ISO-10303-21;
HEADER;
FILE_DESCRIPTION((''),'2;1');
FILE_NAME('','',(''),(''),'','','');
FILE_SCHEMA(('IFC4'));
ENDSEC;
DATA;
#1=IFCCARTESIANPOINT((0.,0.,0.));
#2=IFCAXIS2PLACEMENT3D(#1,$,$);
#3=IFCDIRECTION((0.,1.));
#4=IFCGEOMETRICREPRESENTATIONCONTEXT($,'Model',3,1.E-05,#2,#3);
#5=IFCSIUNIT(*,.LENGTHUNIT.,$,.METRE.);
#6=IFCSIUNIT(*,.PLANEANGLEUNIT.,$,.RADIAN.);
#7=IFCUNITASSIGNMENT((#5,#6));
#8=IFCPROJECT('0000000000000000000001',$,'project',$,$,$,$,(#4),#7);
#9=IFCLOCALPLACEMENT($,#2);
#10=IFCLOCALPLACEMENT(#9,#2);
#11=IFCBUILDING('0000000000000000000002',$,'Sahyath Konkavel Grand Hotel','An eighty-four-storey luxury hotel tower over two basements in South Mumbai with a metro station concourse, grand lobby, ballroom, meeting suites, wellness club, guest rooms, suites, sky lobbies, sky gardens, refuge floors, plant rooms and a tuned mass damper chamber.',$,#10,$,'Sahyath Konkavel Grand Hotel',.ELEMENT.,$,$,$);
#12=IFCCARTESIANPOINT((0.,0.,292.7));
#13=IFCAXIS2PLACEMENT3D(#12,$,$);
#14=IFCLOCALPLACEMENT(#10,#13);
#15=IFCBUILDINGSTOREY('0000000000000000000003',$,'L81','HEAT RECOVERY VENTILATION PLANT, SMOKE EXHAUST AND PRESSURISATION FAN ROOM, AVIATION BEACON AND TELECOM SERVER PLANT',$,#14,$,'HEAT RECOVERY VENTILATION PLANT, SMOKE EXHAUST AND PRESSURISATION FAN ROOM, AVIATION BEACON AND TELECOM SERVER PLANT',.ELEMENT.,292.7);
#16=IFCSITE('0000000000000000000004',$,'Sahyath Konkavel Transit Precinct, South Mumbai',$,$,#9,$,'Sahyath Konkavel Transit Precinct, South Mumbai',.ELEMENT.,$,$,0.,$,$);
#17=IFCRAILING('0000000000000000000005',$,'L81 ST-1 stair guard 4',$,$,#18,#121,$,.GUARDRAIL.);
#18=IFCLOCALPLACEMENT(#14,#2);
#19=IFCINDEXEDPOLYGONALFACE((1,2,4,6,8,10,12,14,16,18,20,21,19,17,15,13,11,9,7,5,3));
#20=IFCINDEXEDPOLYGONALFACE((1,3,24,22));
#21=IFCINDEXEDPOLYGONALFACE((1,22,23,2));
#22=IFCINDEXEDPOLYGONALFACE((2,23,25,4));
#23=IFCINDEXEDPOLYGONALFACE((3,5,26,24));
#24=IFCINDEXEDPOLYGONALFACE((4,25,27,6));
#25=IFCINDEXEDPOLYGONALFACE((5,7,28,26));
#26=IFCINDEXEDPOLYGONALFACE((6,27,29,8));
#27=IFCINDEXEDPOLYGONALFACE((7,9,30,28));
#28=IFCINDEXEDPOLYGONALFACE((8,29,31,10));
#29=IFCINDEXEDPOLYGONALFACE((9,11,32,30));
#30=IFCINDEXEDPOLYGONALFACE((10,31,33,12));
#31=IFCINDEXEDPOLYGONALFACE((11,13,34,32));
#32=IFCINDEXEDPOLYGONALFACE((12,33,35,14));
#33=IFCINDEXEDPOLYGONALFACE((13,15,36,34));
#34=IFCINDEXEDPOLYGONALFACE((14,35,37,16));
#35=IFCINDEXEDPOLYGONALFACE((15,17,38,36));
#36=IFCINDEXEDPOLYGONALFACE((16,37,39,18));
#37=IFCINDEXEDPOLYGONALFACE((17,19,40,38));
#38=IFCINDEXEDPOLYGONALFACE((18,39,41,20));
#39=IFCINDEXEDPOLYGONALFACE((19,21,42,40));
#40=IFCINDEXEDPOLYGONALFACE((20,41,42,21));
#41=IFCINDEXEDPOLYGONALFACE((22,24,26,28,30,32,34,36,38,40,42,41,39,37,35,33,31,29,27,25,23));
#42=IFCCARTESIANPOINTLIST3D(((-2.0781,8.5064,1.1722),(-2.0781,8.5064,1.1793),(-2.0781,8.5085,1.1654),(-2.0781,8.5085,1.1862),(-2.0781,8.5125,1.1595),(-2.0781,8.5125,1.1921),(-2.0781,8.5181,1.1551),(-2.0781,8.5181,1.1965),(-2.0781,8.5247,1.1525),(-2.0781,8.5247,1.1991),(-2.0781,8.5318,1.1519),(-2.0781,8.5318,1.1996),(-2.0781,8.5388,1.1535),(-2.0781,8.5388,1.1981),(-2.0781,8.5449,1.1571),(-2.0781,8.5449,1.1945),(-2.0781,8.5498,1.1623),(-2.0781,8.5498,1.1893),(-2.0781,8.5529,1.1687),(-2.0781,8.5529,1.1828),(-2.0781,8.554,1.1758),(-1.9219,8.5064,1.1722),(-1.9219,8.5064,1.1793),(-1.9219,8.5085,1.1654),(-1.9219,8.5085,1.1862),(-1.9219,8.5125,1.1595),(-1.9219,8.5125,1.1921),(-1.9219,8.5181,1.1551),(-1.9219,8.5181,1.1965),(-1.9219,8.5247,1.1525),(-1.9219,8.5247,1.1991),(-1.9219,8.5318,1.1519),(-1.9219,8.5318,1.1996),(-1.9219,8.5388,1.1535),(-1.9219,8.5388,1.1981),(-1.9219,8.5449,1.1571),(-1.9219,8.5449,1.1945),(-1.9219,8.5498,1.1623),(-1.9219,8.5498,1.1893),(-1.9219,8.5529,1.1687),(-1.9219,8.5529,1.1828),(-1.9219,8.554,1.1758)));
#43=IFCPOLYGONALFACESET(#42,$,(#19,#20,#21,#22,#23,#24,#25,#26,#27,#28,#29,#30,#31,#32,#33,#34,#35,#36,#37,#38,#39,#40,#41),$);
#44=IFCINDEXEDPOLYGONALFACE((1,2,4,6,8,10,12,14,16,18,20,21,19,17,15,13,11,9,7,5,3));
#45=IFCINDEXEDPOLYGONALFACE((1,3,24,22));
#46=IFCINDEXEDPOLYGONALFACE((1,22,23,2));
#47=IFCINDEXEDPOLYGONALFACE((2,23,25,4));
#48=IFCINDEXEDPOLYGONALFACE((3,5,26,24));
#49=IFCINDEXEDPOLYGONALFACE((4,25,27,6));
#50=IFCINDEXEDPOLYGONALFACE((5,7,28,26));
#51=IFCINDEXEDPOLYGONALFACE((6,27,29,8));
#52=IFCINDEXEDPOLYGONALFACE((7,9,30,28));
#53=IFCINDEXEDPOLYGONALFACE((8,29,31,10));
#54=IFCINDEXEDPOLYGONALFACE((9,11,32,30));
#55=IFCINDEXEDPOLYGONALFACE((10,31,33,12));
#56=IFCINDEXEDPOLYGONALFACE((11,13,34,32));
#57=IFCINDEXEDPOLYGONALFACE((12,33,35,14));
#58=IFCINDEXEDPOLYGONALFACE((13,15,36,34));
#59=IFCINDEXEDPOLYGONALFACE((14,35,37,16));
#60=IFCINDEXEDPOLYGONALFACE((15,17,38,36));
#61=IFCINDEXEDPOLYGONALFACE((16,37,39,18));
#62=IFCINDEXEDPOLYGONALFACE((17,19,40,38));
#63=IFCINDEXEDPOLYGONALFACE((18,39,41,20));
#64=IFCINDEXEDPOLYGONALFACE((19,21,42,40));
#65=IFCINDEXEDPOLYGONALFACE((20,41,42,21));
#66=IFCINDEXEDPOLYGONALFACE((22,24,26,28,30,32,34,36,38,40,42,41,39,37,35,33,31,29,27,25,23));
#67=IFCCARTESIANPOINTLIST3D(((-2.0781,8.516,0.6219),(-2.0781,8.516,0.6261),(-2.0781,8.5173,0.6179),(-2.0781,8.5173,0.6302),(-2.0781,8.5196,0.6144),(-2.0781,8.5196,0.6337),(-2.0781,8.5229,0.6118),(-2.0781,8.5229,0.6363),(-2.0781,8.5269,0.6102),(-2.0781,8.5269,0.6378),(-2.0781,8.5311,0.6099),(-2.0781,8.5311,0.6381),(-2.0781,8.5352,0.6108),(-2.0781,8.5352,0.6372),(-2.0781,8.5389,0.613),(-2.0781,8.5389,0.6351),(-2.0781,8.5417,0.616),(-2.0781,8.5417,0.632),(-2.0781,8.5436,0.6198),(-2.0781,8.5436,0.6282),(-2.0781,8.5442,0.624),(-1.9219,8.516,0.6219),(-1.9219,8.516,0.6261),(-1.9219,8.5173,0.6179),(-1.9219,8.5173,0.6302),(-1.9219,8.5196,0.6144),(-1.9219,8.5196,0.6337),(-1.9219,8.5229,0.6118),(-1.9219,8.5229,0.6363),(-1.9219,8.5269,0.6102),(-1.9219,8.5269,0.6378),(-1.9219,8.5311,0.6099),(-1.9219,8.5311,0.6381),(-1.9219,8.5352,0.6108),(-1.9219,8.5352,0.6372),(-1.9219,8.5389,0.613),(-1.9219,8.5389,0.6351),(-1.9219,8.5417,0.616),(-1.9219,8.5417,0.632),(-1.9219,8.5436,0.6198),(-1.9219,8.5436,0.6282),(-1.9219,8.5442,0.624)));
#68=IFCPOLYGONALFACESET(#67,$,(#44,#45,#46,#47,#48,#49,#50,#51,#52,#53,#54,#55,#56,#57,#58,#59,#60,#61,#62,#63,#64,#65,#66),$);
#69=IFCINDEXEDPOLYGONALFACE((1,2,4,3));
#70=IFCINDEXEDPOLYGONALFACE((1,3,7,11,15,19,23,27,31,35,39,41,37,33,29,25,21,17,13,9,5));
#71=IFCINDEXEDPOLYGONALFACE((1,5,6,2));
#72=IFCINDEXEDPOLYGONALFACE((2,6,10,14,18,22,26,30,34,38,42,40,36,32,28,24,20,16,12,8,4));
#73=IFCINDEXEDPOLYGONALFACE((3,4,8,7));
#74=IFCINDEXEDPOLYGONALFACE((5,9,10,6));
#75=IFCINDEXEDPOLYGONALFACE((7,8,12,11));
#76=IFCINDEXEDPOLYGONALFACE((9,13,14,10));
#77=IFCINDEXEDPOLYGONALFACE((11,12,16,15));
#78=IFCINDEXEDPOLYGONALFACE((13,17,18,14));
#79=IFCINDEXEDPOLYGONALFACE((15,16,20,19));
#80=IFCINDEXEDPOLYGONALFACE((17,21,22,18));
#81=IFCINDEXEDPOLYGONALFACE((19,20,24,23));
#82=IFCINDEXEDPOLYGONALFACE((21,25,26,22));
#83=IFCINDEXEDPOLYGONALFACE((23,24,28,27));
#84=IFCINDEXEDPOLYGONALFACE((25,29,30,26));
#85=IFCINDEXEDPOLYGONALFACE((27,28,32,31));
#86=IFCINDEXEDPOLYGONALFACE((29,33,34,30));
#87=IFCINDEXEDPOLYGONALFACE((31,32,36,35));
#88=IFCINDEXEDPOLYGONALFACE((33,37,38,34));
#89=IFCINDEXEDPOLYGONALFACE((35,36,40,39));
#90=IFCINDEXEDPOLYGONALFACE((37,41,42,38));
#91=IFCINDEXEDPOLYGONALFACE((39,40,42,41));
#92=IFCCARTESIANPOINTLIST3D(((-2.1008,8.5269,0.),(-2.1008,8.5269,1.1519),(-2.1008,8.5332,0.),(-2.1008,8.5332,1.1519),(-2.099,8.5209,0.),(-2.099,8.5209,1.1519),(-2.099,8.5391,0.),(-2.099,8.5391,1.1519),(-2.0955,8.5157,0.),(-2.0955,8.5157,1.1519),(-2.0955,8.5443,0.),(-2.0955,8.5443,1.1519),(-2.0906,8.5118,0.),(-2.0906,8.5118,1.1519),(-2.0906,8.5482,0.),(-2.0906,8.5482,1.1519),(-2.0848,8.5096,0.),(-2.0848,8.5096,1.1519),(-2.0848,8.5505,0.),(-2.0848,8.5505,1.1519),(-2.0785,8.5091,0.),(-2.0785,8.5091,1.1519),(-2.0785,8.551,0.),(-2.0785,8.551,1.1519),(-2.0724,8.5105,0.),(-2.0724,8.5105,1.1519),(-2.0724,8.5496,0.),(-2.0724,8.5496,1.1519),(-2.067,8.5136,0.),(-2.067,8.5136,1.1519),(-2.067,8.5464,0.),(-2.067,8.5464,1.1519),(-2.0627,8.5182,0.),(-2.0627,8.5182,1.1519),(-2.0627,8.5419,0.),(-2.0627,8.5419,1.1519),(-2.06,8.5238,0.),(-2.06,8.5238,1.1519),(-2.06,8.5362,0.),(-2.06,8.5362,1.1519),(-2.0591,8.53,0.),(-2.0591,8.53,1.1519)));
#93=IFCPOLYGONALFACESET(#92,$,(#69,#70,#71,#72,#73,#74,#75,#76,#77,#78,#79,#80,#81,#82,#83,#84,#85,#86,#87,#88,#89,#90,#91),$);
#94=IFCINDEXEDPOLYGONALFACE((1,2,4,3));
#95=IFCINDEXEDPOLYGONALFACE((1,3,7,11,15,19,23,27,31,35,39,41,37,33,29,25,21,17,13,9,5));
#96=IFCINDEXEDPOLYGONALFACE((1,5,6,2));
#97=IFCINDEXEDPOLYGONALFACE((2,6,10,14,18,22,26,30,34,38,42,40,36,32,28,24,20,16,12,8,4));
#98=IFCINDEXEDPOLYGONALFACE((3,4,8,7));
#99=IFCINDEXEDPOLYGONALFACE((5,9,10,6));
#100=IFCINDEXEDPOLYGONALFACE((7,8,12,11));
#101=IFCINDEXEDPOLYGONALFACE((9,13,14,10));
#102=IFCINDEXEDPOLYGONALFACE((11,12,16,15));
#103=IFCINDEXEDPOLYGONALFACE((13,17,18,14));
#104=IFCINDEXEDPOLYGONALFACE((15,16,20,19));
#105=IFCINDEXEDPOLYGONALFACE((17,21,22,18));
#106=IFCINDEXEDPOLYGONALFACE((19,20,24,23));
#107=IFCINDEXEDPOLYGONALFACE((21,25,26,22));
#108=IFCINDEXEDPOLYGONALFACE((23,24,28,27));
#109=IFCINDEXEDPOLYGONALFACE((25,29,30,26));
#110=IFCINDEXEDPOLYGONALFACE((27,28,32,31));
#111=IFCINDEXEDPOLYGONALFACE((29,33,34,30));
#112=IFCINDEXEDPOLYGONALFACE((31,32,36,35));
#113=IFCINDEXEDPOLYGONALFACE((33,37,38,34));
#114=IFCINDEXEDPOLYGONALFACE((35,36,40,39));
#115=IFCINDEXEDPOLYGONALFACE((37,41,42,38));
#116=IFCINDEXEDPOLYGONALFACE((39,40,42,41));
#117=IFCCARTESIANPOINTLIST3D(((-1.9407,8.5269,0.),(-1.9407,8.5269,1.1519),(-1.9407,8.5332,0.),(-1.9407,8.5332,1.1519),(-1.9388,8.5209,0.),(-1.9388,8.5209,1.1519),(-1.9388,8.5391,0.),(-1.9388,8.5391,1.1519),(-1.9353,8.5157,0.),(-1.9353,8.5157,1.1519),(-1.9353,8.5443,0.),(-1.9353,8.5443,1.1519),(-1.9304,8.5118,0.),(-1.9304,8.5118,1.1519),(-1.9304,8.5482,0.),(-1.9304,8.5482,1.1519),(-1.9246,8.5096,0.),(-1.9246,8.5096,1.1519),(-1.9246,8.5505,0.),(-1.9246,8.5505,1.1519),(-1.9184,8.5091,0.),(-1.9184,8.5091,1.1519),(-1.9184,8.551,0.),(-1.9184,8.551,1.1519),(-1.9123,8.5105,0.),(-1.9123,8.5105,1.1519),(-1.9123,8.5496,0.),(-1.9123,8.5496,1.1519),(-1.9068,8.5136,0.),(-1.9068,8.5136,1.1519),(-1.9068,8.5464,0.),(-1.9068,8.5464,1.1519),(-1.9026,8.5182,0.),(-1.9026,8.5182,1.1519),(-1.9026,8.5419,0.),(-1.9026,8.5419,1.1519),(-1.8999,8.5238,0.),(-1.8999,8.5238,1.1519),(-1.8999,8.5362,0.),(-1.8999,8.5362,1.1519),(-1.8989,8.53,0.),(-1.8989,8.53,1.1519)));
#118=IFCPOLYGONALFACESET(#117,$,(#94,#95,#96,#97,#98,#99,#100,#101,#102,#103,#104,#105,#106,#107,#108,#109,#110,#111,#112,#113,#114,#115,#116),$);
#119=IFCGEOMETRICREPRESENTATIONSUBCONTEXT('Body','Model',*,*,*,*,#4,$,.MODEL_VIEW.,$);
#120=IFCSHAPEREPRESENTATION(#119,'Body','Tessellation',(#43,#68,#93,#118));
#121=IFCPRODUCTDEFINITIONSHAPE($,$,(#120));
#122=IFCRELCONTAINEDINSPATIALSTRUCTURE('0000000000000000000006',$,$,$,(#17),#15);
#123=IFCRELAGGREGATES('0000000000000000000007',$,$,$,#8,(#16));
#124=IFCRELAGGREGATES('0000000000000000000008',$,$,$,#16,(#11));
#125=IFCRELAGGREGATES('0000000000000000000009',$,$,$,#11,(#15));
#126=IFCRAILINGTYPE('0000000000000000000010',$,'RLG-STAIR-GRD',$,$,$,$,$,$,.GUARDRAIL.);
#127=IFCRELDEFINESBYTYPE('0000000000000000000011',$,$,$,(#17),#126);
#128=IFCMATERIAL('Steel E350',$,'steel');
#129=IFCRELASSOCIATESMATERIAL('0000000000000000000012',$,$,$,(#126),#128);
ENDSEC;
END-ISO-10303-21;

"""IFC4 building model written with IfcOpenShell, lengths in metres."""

from ifc_helpers import new_model, si_unit, direction, frame, origin, origin_2d, place, context, subcontext, project, spatial, circle, extrude, material, type_object, element, save


model = new_model("IFC4")

# Units and contexts
model_context = context("Model", 3, precision=1e-05, world=origin(), true_north=direction((0.0, 1.0)))
body_context = subcontext(model_context, "Body", "Model", "MODEL_VIEW")
ifc_project = project(units=[si_unit("LENGTHUNIT", "METRE"), si_unit("PLANEANGLEUNIT", "RADIAN")], contexts=[model_context])

# Site, building, storey
site_placement = place(None, origin())
site = spatial("IfcSite", under=ifc_project, at=site_placement, Name="Sahyath Konkavel Transit Precinct, South Mumbai", LongName="Sahyath Konkavel Transit Precinct, South Mumbai", CompositionType="ELEMENT", RefElevation=0.0)
building_placement = place(site_placement, origin())
building = spatial("IfcBuilding", under=site, at=building_placement, Name="Sahyath Konkavel Grand Hotel", Description="An eighty-four-storey luxury hotel tower over two basements in South Mumbai with a metro station concourse, grand lobby, ballroom, meeting suites, wellness club, guest rooms, suites, sky lobbies, sky gardens, refuge floors, plant rooms and a tuned mass damper chamber.", LongName="Sahyath Konkavel Grand Hotel", CompositionType="ELEMENT")
storey_placement = place(building_placement, frame((0.0, 0.0, 292.7)))
storey = spatial("IfcBuildingStorey", under=building, at=storey_placement, Name="L81", Description="HEAT RECOVERY VENTILATION PLANT, SMOKE EXHAUST AND PRESSURISATION FAN ROOM, AVIATION BEACON AND TELECOM SERVER PLANT", LongName="HEAT RECOVERY VENTILATION PLANT, SMOKE EXHAUST AND PRESSURISATION FAN ROOM, AVIATION BEACON AND TELECOM SERVER PLANT", CompositionType="ELEMENT", Elevation=292.7)

# Shared definitions
ifc_material_1 = material(Name="Steel E350", Category="steel")

# Railing
railing_type_1 = type_object("IfcRailingType", Name="RLG-STAIR-GRD", PredefinedType="GUARDRAIL", material=ifc_material_1)
railing_1_placement = place(storey_placement, frame((-2.0801, 8.53, 0.0)))
element("IfcRailing", 1, at=railing_1_placement, inside=storey, type_object=railing_type_1, Name="L81 ST-1 stair guard 4", PredefinedType="GUARDRAIL", context=body_context, shape_type="SweptSolid", body=[
    extrude(circle(Radius=0.0239, at=origin_2d()), frame((0.002, 0.0, 1.1758), z_axis=(1.0, 0.0, 0.0), x_axis=(0.0, 1.0, 0.0)), (0.0, 0.0, 1.0), 0.1562),
    extrude(circle(Radius=0.0142, at=origin_2d()), frame((0.002, 0.0, 0.624), z_axis=(1.0, 0.0, 0.0), x_axis=(0.0, 1.0, 0.0)), (0.0, 0.0, 1.0), 0.1562),
    extrude(circle(Radius=0.021, at=origin_2d()), origin(), (0.0, 0.0, 1.0), 1.1519),
    extrude(circle(Radius=0.021, at=origin_2d()), frame((0.1602, 0.0, 0.0)), (0.0, 0.0, 1.0), 1.1519),
])

save(model, "model.ifc")
